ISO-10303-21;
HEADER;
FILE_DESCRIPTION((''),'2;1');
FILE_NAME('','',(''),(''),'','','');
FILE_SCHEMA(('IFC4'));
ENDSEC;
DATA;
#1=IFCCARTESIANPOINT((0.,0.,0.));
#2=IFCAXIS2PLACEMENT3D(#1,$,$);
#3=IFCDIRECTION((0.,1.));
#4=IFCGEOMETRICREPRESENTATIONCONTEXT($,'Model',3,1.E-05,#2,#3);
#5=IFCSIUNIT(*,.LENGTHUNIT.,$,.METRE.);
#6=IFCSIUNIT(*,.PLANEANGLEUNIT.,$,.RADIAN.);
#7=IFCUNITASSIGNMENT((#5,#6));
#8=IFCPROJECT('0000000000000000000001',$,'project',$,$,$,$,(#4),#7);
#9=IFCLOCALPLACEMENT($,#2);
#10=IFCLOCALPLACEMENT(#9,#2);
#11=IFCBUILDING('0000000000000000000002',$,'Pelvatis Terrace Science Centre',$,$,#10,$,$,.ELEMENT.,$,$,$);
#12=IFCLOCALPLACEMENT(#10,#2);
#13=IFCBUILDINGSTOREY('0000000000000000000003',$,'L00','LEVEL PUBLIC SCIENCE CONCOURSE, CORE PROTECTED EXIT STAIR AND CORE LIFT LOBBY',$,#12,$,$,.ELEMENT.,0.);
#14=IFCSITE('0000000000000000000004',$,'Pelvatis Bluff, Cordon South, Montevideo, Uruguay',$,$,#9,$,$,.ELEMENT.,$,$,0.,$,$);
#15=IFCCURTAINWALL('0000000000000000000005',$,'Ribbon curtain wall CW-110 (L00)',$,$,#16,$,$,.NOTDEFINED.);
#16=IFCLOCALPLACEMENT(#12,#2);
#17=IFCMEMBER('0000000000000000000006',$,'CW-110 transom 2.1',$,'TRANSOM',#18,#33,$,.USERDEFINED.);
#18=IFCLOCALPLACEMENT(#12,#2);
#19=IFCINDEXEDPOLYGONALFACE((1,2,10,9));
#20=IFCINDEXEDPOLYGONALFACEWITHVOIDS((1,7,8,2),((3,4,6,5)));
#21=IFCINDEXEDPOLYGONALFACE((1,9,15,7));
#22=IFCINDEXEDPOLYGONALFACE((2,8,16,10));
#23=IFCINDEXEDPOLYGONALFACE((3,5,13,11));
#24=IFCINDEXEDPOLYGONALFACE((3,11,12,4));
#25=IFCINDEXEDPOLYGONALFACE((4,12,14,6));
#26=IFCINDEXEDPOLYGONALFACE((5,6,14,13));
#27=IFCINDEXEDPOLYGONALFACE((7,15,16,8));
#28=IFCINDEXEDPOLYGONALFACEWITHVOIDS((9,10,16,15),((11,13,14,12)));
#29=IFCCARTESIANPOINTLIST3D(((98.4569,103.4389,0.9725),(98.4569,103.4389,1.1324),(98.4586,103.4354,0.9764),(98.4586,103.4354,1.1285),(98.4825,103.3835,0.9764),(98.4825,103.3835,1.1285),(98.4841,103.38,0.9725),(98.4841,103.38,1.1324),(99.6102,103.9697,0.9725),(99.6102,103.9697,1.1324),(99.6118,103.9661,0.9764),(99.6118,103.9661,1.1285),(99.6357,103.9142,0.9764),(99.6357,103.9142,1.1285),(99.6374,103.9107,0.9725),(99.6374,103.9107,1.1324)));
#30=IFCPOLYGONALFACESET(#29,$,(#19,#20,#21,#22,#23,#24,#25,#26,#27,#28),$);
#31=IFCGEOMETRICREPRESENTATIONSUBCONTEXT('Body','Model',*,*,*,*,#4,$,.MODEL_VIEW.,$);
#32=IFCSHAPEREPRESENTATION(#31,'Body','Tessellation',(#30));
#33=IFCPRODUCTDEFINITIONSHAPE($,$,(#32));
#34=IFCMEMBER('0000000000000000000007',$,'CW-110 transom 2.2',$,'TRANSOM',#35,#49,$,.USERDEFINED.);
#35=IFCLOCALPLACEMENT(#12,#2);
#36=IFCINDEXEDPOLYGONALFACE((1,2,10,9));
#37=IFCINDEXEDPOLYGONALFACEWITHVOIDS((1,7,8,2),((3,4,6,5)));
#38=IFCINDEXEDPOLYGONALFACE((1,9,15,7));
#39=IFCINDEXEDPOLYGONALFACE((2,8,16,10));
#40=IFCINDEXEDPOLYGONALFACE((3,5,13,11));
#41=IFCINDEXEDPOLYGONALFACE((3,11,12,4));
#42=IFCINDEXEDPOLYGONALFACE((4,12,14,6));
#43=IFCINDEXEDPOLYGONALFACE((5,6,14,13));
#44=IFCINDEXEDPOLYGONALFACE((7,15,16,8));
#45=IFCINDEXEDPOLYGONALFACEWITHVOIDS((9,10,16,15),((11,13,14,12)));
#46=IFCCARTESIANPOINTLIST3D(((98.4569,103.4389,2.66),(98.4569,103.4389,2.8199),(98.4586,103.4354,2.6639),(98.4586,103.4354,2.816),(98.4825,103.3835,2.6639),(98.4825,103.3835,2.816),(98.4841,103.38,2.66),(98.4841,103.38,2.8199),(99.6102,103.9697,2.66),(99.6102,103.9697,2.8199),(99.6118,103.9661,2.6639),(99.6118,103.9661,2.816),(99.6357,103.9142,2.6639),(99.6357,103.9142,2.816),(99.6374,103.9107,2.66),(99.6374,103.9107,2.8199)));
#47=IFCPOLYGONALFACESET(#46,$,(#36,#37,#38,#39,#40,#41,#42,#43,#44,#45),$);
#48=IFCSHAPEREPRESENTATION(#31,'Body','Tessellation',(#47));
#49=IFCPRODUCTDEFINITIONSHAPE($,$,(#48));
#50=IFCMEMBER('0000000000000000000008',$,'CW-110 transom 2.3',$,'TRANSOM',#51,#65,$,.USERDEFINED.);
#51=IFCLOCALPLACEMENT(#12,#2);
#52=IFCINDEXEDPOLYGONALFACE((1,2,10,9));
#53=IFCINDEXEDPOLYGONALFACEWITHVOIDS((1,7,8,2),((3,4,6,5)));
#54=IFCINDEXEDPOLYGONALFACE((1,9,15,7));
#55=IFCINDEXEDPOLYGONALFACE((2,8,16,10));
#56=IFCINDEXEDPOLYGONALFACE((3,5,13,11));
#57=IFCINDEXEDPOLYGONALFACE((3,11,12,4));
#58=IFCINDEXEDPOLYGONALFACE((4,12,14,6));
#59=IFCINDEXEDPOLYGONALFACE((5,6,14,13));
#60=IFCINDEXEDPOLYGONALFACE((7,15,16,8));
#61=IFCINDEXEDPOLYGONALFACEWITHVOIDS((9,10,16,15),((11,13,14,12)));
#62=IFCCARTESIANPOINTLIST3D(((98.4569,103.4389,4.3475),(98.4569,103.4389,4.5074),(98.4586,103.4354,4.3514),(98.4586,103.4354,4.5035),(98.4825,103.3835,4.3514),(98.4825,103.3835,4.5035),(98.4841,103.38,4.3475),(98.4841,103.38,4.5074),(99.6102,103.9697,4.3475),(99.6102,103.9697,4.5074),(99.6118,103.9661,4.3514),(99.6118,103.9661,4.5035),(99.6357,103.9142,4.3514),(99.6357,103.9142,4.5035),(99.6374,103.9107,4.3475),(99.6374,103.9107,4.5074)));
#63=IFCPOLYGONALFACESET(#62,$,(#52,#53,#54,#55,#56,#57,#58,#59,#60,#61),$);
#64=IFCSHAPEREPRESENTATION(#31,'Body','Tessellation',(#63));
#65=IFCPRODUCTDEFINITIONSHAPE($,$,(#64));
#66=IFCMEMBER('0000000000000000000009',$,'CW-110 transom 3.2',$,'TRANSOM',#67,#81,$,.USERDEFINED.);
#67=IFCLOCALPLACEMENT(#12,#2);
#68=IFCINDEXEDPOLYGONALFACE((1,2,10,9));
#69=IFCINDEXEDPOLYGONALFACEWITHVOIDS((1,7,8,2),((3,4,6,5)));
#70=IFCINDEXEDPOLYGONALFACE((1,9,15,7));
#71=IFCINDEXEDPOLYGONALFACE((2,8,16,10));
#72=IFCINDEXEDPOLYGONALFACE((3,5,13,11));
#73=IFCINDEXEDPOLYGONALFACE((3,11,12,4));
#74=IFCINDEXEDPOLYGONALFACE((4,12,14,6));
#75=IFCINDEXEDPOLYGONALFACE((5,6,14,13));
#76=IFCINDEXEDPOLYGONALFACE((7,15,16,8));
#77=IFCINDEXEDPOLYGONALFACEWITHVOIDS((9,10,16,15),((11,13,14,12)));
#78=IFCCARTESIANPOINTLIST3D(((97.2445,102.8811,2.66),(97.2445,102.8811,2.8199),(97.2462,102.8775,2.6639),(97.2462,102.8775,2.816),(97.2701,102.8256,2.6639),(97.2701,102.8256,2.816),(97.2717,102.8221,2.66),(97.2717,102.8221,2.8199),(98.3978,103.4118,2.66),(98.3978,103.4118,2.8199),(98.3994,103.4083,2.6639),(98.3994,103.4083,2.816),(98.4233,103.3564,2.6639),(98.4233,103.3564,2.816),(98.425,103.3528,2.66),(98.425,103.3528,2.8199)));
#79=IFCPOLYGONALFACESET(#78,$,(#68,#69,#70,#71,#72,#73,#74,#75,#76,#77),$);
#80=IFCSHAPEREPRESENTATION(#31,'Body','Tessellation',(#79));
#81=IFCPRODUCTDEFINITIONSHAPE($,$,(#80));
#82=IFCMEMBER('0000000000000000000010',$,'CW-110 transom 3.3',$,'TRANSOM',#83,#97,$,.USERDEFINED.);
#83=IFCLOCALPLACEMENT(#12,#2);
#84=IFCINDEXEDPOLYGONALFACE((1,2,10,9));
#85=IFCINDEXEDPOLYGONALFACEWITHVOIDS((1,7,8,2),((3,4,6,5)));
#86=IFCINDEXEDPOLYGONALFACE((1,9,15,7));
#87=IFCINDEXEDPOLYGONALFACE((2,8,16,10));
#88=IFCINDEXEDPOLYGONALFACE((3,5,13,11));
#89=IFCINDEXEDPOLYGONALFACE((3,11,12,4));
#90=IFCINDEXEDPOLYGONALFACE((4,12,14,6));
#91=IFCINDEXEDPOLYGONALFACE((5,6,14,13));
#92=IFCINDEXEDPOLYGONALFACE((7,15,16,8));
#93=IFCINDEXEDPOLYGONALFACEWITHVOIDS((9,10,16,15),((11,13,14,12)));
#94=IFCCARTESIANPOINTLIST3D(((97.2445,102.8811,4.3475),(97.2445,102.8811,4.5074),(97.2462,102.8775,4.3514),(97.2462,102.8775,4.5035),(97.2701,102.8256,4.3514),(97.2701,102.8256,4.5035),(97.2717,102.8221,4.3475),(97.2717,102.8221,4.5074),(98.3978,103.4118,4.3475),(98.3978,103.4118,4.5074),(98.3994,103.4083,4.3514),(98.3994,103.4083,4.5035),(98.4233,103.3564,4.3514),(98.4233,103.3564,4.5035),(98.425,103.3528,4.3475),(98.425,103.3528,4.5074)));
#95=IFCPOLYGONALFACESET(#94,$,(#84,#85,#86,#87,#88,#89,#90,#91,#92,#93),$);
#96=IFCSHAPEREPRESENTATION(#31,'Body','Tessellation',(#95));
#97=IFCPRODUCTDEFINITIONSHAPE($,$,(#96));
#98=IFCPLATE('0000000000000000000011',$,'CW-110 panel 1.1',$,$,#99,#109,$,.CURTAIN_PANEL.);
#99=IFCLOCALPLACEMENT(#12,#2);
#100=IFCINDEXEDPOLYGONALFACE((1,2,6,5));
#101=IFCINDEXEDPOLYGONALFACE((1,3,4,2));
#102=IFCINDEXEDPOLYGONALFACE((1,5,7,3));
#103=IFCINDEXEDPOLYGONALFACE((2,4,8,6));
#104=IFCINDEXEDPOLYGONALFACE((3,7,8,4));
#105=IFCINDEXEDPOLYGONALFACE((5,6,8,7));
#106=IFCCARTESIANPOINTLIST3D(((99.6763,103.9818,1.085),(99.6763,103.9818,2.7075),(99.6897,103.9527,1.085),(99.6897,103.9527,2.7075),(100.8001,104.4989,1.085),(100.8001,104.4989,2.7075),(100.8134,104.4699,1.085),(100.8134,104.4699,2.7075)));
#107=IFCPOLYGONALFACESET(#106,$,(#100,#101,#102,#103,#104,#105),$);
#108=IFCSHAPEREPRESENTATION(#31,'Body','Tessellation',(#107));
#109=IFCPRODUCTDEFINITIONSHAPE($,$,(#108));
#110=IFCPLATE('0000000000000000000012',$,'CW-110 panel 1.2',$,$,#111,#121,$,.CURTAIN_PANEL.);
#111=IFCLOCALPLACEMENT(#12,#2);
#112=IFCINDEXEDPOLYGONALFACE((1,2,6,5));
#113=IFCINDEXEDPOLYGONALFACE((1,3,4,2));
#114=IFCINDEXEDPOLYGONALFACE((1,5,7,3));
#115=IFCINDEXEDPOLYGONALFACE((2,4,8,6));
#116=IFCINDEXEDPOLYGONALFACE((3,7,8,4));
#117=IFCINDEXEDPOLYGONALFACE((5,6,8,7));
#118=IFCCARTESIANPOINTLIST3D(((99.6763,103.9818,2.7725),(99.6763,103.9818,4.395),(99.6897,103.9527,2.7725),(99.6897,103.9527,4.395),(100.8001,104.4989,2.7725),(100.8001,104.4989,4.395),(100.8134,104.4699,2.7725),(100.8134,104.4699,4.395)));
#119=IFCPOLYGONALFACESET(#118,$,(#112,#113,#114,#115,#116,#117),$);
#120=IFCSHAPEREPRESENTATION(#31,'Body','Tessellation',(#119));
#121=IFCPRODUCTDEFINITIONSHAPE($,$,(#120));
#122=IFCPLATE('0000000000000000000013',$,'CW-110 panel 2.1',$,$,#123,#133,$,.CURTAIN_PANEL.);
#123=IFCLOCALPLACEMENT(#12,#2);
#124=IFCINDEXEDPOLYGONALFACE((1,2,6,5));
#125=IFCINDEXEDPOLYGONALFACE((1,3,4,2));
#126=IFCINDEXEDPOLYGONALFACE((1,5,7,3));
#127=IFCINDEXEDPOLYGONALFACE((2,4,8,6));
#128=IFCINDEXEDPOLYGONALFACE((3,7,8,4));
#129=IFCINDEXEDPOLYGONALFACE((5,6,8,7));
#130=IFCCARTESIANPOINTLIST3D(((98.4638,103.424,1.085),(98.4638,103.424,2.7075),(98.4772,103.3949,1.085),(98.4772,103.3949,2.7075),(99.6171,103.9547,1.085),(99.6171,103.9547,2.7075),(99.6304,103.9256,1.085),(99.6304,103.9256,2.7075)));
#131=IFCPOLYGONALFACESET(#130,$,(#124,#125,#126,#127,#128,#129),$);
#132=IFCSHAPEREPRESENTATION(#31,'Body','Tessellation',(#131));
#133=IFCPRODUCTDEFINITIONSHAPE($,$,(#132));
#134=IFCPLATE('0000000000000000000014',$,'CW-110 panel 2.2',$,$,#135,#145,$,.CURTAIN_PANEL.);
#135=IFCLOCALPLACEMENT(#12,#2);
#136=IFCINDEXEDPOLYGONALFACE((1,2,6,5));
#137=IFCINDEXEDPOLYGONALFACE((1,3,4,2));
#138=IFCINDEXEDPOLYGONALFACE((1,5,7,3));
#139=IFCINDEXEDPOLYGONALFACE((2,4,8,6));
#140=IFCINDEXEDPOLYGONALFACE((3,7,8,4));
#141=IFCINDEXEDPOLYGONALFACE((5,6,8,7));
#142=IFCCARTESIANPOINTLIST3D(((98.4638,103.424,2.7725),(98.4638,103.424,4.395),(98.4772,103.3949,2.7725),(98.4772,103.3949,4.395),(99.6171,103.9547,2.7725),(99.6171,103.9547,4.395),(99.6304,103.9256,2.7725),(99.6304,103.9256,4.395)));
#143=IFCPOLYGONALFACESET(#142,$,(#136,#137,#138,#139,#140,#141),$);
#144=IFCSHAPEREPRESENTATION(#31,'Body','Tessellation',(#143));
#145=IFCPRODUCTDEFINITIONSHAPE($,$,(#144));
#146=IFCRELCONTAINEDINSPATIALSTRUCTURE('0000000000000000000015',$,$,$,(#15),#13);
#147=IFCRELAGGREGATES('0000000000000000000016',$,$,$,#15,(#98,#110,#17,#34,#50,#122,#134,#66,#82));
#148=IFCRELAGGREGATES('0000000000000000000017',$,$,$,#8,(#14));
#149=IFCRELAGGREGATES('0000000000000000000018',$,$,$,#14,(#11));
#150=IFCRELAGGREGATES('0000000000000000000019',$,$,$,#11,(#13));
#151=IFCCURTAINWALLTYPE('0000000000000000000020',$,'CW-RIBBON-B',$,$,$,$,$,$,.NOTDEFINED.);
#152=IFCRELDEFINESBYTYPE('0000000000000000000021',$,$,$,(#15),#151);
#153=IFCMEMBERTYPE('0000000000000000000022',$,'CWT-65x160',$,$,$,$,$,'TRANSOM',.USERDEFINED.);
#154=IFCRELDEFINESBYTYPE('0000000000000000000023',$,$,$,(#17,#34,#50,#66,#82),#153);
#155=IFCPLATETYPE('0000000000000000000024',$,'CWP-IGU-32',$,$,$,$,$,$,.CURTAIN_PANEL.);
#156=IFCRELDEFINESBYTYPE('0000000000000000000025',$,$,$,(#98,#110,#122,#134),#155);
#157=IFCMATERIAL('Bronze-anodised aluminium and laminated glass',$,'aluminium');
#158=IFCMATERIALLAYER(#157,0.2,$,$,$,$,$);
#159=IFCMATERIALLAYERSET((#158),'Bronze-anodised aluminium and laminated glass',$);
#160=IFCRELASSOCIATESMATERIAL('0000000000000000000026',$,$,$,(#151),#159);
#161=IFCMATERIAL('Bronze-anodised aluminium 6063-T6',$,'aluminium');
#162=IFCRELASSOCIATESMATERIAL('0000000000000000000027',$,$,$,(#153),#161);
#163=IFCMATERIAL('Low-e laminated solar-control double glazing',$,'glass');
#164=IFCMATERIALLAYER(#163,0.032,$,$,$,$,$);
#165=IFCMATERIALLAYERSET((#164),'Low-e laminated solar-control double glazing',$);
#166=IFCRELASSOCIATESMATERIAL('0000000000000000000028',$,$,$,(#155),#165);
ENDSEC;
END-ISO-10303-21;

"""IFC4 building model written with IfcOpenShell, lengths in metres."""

from ifc_helpers import new_model, si_unit, direction, frame, origin, origin_2d, place, context, subcontext, project, spatial, rectangle, hollow_rectangle, extrude, material, layer, layer_set, material_profile, profile_set, type_object, element, aggregate, save


model = new_model("IFC4")

# Units and contexts
model_context = context("Model", 3, precision=1e-05, world=origin(), true_north=direction((0.0, 1.0)))
body_context = subcontext(model_context, "Body", "Model", "MODEL_VIEW")
ifc_project = project(units=[si_unit("LENGTHUNIT", "METRE"), si_unit("PLANEANGLEUNIT", "RADIAN")], contexts=[model_context])

# Site, building, storey
site_placement = place(None, origin())
site = spatial("IfcSite", under=ifc_project, at=site_placement, Name="Pelvatis Bluff, Cordon South, Montevideo, Uruguay", CompositionType="ELEMENT", RefElevation=0.0)
building_placement = place(site_placement, origin())
building = spatial("IfcBuilding", under=site, at=building_placement, Name="Pelvatis Terrace Science Centre", CompositionType="ELEMENT")
storey_placement = place(building_placement, origin())
storey = spatial("IfcBuildingStorey", under=building, at=storey_placement, Name="L00", Description="LEVEL PUBLIC SCIENCE CONCOURSE, CORE PROTECTED EXIT STAIR AND CORE LIFT LOBBY", CompositionType="ELEMENT", Elevation=0.0)

# Curtain wall, members, plates
ifc_material_1 = material(Name="Bronze-anodised aluminium and laminated glass", Category="aluminium")
ifc_layer_1 = layer(ifc_material_1, 0.2)
ifc_layer_set_1 = layer_set([ifc_layer_1], Name="Bronze-anodised aluminium and laminated glass")
curtain_wall_type = type_object("IfcCurtainWallType", Name="CW-RIBBON-B", PredefinedType="NOTDEFINED", material=ifc_layer_set_1)
curtain_wall_placement = place(storey_placement, origin())
curtain_wall = element("IfcCurtainWall", 1, at=curtain_wall_placement, inside=storey, type_object=curtain_wall_type, Name="Ribbon curtain wall CW-110 (L00)", PredefinedType="NOTDEFINED")
ifc_material_2 = material(Name="Bronze-anodised aluminium 6063-T6", Category="aluminium")
ifc_material_profile_1 = material_profile(ifc_material_2, hollow_rectangle(XDim=0.0649, YDim=0.1599, WallThickness=0.0039, at=origin_2d()), Name="ALU-TRN 65x160")
ifc_profile_set_1 = profile_set([ifc_material_profile_1], Name="Bronze-anodised aluminium 6063-T6")
member_type_1 = type_object("IfcMemberType", Name="CWT-65x160", ElementType="TRANSOM", PredefinedType="USERDEFINED", material=ifc_profile_set_1)
member_1_placement = place(storey_placement, frame((99.6238, 103.9402, 1.0525), z_axis=(-0.90842, -0.418058, 0.0), x_axis=(0.418058, -0.90842, 0.0)))
member_1 = element("IfcMember", 2, at=member_1_placement, type_object=member_type_1, Name="CW-110 transom 2.1", ObjectType="TRANSOM", PredefinedType="USERDEFINED", context=body_context, shape_type="SweptSolid", body=[
    extrude(hollow_rectangle(XDim=0.0649, YDim=0.1599, WallThickness=0.0039, at=origin_2d()), origin(), (0.0, 0.0, 1.0), 1.2695),
])
member_2_placement = place(storey_placement, frame((99.6238, 103.9402, 2.74), z_axis=(-0.90842, -0.418058, 0.0), x_axis=(0.418058, -0.90842, 0.0)))
member_2 = element("IfcMember", 3, at=member_2_placement, type_object=member_type_1, Name="CW-110 transom 2.2", ObjectType="TRANSOM", PredefinedType="USERDEFINED", context=body_context, shape_type="SweptSolid", body=[
    extrude(hollow_rectangle(XDim=0.0649, YDim=0.1599, WallThickness=0.0039, at=origin_2d()), origin(), (0.0, 0.0, 1.0), 1.2695),
])
member_3_placement = place(storey_placement, frame((99.6238, 103.9402, 4.4275), z_axis=(-0.90842, -0.418058, 0.0), x_axis=(0.418058, -0.90842, 0.0)))
member_3 = element("IfcMember", 4, at=member_3_placement, type_object=member_type_1, Name="CW-110 transom 2.3", ObjectType="TRANSOM", PredefinedType="USERDEFINED", context=body_context, shape_type="SweptSolid", body=[
    extrude(hollow_rectangle(XDim=0.0649, YDim=0.1599, WallThickness=0.0039, at=origin_2d()), origin(), (0.0, 0.0, 1.0), 1.2695),
])
member_4_placement = place(storey_placement, frame((98.4114, 103.3823, 2.74), z_axis=(-0.90842, -0.418058, 0.0), x_axis=(0.418058, -0.90842, 0.0)))
member_4 = element("IfcMember", 5, at=member_4_placement, type_object=member_type_1, Name="CW-110 transom 3.2", ObjectType="TRANSOM", PredefinedType="USERDEFINED", context=body_context, shape_type="SweptSolid", body=[
    extrude(hollow_rectangle(XDim=0.0649, YDim=0.1599, WallThickness=0.0039, at=origin_2d()), origin(), (0.0, 0.0, 1.0), 1.2695),
])
member_5_placement = place(storey_placement, frame((98.4114, 103.3823, 4.4275), z_axis=(-0.90842, -0.418058, 0.0), x_axis=(0.418058, -0.90842, 0.0)))
member_5 = element("IfcMember", 6, at=member_5_placement, type_object=member_type_1, Name="CW-110 transom 3.3", ObjectType="TRANSOM", PredefinedType="USERDEFINED", context=body_context, shape_type="SweptSolid", body=[
    extrude(hollow_rectangle(XDim=0.0649, YDim=0.1599, WallThickness=0.0039, at=origin_2d()), origin(), (0.0, 0.0, 1.0), 1.2695),
])
ifc_material_3 = material(Name="Low-e laminated solar-control double glazing", Category="glass")
ifc_layer_2 = layer(ifc_material_3, 0.032)
ifc_layer_set_2 = layer_set([ifc_layer_2], Name="Low-e laminated solar-control double glazing")
plate_type = type_object("IfcPlateType", Name="CWP-IGU-32", PredefinedType="CURTAIN_PANEL", material=ifc_layer_set_2)
plate_1_placement = place(storey_placement, frame((100.2449, 104.2258, 1.085), z_axis=(0.0, 0.0, 1.0), x_axis=(-0.908421, -0.418057, 0.0)))
plate_1 = element("IfcPlate", 7, at=plate_1_placement, type_object=plate_type, Name="CW-110 panel 1.1", PredefinedType="CURTAIN_PANEL", context=body_context, shape_type="SweptSolid", body=[
    extrude(rectangle(XDim=1.2371, YDim=0.032, at=origin_2d()), origin(), (0.0, 0.0, 1.0), 1.6226),
])
plate_2_placement = place(storey_placement, frame((100.2449, 104.2258, 2.7725), z_axis=(0.0, 0.0, 1.0), x_axis=(-0.908421, -0.418057, 0.0)))
plate_2 = element("IfcPlate", 8, at=plate_2_placement, type_object=plate_type, Name="CW-110 panel 1.2", PredefinedType="CURTAIN_PANEL", context=body_context, shape_type="SweptSolid", body=[
    extrude(rectangle(XDim=1.2371, YDim=0.032, at=origin_2d()), origin(), (0.0, 0.0, 1.0), 1.6226),
])
plate_3_placement = place(storey_placement, frame((99.0471, 103.6748, 1.085), z_axis=(0.0, 0.0, 1.0), x_axis=(-0.908421, -0.418057, 0.0)))
plate_3 = element("IfcPlate", 9, at=plate_3_placement, type_object=plate_type, Name="CW-110 panel 2.1", PredefinedType="CURTAIN_PANEL", context=body_context, shape_type="SweptSolid", body=[
    extrude(rectangle(XDim=1.2695, YDim=0.032, at=origin_2d()), origin(), (0.0, 0.0, 1.0), 1.6226),
])
plate_4_placement = place(storey_placement, frame((99.0471, 103.6748, 2.7725), z_axis=(0.0, 0.0, 1.0), x_axis=(-0.908421, -0.418057, 0.0)))
plate_4 = element("IfcPlate", 10, at=plate_4_placement, type_object=plate_type, Name="CW-110 panel 2.2", PredefinedType="CURTAIN_PANEL", context=body_context, shape_type="SweptSolid", body=[
    extrude(rectangle(XDim=1.2695, YDim=0.032, at=origin_2d()), origin(), (0.0, 0.0, 1.0), 1.6226),
])
aggregate(curtain_wall, [plate_1, plate_2, member_1, member_2, member_3, plate_3, plate_4, member_4, member_5])

save(model, "model.ifc")
